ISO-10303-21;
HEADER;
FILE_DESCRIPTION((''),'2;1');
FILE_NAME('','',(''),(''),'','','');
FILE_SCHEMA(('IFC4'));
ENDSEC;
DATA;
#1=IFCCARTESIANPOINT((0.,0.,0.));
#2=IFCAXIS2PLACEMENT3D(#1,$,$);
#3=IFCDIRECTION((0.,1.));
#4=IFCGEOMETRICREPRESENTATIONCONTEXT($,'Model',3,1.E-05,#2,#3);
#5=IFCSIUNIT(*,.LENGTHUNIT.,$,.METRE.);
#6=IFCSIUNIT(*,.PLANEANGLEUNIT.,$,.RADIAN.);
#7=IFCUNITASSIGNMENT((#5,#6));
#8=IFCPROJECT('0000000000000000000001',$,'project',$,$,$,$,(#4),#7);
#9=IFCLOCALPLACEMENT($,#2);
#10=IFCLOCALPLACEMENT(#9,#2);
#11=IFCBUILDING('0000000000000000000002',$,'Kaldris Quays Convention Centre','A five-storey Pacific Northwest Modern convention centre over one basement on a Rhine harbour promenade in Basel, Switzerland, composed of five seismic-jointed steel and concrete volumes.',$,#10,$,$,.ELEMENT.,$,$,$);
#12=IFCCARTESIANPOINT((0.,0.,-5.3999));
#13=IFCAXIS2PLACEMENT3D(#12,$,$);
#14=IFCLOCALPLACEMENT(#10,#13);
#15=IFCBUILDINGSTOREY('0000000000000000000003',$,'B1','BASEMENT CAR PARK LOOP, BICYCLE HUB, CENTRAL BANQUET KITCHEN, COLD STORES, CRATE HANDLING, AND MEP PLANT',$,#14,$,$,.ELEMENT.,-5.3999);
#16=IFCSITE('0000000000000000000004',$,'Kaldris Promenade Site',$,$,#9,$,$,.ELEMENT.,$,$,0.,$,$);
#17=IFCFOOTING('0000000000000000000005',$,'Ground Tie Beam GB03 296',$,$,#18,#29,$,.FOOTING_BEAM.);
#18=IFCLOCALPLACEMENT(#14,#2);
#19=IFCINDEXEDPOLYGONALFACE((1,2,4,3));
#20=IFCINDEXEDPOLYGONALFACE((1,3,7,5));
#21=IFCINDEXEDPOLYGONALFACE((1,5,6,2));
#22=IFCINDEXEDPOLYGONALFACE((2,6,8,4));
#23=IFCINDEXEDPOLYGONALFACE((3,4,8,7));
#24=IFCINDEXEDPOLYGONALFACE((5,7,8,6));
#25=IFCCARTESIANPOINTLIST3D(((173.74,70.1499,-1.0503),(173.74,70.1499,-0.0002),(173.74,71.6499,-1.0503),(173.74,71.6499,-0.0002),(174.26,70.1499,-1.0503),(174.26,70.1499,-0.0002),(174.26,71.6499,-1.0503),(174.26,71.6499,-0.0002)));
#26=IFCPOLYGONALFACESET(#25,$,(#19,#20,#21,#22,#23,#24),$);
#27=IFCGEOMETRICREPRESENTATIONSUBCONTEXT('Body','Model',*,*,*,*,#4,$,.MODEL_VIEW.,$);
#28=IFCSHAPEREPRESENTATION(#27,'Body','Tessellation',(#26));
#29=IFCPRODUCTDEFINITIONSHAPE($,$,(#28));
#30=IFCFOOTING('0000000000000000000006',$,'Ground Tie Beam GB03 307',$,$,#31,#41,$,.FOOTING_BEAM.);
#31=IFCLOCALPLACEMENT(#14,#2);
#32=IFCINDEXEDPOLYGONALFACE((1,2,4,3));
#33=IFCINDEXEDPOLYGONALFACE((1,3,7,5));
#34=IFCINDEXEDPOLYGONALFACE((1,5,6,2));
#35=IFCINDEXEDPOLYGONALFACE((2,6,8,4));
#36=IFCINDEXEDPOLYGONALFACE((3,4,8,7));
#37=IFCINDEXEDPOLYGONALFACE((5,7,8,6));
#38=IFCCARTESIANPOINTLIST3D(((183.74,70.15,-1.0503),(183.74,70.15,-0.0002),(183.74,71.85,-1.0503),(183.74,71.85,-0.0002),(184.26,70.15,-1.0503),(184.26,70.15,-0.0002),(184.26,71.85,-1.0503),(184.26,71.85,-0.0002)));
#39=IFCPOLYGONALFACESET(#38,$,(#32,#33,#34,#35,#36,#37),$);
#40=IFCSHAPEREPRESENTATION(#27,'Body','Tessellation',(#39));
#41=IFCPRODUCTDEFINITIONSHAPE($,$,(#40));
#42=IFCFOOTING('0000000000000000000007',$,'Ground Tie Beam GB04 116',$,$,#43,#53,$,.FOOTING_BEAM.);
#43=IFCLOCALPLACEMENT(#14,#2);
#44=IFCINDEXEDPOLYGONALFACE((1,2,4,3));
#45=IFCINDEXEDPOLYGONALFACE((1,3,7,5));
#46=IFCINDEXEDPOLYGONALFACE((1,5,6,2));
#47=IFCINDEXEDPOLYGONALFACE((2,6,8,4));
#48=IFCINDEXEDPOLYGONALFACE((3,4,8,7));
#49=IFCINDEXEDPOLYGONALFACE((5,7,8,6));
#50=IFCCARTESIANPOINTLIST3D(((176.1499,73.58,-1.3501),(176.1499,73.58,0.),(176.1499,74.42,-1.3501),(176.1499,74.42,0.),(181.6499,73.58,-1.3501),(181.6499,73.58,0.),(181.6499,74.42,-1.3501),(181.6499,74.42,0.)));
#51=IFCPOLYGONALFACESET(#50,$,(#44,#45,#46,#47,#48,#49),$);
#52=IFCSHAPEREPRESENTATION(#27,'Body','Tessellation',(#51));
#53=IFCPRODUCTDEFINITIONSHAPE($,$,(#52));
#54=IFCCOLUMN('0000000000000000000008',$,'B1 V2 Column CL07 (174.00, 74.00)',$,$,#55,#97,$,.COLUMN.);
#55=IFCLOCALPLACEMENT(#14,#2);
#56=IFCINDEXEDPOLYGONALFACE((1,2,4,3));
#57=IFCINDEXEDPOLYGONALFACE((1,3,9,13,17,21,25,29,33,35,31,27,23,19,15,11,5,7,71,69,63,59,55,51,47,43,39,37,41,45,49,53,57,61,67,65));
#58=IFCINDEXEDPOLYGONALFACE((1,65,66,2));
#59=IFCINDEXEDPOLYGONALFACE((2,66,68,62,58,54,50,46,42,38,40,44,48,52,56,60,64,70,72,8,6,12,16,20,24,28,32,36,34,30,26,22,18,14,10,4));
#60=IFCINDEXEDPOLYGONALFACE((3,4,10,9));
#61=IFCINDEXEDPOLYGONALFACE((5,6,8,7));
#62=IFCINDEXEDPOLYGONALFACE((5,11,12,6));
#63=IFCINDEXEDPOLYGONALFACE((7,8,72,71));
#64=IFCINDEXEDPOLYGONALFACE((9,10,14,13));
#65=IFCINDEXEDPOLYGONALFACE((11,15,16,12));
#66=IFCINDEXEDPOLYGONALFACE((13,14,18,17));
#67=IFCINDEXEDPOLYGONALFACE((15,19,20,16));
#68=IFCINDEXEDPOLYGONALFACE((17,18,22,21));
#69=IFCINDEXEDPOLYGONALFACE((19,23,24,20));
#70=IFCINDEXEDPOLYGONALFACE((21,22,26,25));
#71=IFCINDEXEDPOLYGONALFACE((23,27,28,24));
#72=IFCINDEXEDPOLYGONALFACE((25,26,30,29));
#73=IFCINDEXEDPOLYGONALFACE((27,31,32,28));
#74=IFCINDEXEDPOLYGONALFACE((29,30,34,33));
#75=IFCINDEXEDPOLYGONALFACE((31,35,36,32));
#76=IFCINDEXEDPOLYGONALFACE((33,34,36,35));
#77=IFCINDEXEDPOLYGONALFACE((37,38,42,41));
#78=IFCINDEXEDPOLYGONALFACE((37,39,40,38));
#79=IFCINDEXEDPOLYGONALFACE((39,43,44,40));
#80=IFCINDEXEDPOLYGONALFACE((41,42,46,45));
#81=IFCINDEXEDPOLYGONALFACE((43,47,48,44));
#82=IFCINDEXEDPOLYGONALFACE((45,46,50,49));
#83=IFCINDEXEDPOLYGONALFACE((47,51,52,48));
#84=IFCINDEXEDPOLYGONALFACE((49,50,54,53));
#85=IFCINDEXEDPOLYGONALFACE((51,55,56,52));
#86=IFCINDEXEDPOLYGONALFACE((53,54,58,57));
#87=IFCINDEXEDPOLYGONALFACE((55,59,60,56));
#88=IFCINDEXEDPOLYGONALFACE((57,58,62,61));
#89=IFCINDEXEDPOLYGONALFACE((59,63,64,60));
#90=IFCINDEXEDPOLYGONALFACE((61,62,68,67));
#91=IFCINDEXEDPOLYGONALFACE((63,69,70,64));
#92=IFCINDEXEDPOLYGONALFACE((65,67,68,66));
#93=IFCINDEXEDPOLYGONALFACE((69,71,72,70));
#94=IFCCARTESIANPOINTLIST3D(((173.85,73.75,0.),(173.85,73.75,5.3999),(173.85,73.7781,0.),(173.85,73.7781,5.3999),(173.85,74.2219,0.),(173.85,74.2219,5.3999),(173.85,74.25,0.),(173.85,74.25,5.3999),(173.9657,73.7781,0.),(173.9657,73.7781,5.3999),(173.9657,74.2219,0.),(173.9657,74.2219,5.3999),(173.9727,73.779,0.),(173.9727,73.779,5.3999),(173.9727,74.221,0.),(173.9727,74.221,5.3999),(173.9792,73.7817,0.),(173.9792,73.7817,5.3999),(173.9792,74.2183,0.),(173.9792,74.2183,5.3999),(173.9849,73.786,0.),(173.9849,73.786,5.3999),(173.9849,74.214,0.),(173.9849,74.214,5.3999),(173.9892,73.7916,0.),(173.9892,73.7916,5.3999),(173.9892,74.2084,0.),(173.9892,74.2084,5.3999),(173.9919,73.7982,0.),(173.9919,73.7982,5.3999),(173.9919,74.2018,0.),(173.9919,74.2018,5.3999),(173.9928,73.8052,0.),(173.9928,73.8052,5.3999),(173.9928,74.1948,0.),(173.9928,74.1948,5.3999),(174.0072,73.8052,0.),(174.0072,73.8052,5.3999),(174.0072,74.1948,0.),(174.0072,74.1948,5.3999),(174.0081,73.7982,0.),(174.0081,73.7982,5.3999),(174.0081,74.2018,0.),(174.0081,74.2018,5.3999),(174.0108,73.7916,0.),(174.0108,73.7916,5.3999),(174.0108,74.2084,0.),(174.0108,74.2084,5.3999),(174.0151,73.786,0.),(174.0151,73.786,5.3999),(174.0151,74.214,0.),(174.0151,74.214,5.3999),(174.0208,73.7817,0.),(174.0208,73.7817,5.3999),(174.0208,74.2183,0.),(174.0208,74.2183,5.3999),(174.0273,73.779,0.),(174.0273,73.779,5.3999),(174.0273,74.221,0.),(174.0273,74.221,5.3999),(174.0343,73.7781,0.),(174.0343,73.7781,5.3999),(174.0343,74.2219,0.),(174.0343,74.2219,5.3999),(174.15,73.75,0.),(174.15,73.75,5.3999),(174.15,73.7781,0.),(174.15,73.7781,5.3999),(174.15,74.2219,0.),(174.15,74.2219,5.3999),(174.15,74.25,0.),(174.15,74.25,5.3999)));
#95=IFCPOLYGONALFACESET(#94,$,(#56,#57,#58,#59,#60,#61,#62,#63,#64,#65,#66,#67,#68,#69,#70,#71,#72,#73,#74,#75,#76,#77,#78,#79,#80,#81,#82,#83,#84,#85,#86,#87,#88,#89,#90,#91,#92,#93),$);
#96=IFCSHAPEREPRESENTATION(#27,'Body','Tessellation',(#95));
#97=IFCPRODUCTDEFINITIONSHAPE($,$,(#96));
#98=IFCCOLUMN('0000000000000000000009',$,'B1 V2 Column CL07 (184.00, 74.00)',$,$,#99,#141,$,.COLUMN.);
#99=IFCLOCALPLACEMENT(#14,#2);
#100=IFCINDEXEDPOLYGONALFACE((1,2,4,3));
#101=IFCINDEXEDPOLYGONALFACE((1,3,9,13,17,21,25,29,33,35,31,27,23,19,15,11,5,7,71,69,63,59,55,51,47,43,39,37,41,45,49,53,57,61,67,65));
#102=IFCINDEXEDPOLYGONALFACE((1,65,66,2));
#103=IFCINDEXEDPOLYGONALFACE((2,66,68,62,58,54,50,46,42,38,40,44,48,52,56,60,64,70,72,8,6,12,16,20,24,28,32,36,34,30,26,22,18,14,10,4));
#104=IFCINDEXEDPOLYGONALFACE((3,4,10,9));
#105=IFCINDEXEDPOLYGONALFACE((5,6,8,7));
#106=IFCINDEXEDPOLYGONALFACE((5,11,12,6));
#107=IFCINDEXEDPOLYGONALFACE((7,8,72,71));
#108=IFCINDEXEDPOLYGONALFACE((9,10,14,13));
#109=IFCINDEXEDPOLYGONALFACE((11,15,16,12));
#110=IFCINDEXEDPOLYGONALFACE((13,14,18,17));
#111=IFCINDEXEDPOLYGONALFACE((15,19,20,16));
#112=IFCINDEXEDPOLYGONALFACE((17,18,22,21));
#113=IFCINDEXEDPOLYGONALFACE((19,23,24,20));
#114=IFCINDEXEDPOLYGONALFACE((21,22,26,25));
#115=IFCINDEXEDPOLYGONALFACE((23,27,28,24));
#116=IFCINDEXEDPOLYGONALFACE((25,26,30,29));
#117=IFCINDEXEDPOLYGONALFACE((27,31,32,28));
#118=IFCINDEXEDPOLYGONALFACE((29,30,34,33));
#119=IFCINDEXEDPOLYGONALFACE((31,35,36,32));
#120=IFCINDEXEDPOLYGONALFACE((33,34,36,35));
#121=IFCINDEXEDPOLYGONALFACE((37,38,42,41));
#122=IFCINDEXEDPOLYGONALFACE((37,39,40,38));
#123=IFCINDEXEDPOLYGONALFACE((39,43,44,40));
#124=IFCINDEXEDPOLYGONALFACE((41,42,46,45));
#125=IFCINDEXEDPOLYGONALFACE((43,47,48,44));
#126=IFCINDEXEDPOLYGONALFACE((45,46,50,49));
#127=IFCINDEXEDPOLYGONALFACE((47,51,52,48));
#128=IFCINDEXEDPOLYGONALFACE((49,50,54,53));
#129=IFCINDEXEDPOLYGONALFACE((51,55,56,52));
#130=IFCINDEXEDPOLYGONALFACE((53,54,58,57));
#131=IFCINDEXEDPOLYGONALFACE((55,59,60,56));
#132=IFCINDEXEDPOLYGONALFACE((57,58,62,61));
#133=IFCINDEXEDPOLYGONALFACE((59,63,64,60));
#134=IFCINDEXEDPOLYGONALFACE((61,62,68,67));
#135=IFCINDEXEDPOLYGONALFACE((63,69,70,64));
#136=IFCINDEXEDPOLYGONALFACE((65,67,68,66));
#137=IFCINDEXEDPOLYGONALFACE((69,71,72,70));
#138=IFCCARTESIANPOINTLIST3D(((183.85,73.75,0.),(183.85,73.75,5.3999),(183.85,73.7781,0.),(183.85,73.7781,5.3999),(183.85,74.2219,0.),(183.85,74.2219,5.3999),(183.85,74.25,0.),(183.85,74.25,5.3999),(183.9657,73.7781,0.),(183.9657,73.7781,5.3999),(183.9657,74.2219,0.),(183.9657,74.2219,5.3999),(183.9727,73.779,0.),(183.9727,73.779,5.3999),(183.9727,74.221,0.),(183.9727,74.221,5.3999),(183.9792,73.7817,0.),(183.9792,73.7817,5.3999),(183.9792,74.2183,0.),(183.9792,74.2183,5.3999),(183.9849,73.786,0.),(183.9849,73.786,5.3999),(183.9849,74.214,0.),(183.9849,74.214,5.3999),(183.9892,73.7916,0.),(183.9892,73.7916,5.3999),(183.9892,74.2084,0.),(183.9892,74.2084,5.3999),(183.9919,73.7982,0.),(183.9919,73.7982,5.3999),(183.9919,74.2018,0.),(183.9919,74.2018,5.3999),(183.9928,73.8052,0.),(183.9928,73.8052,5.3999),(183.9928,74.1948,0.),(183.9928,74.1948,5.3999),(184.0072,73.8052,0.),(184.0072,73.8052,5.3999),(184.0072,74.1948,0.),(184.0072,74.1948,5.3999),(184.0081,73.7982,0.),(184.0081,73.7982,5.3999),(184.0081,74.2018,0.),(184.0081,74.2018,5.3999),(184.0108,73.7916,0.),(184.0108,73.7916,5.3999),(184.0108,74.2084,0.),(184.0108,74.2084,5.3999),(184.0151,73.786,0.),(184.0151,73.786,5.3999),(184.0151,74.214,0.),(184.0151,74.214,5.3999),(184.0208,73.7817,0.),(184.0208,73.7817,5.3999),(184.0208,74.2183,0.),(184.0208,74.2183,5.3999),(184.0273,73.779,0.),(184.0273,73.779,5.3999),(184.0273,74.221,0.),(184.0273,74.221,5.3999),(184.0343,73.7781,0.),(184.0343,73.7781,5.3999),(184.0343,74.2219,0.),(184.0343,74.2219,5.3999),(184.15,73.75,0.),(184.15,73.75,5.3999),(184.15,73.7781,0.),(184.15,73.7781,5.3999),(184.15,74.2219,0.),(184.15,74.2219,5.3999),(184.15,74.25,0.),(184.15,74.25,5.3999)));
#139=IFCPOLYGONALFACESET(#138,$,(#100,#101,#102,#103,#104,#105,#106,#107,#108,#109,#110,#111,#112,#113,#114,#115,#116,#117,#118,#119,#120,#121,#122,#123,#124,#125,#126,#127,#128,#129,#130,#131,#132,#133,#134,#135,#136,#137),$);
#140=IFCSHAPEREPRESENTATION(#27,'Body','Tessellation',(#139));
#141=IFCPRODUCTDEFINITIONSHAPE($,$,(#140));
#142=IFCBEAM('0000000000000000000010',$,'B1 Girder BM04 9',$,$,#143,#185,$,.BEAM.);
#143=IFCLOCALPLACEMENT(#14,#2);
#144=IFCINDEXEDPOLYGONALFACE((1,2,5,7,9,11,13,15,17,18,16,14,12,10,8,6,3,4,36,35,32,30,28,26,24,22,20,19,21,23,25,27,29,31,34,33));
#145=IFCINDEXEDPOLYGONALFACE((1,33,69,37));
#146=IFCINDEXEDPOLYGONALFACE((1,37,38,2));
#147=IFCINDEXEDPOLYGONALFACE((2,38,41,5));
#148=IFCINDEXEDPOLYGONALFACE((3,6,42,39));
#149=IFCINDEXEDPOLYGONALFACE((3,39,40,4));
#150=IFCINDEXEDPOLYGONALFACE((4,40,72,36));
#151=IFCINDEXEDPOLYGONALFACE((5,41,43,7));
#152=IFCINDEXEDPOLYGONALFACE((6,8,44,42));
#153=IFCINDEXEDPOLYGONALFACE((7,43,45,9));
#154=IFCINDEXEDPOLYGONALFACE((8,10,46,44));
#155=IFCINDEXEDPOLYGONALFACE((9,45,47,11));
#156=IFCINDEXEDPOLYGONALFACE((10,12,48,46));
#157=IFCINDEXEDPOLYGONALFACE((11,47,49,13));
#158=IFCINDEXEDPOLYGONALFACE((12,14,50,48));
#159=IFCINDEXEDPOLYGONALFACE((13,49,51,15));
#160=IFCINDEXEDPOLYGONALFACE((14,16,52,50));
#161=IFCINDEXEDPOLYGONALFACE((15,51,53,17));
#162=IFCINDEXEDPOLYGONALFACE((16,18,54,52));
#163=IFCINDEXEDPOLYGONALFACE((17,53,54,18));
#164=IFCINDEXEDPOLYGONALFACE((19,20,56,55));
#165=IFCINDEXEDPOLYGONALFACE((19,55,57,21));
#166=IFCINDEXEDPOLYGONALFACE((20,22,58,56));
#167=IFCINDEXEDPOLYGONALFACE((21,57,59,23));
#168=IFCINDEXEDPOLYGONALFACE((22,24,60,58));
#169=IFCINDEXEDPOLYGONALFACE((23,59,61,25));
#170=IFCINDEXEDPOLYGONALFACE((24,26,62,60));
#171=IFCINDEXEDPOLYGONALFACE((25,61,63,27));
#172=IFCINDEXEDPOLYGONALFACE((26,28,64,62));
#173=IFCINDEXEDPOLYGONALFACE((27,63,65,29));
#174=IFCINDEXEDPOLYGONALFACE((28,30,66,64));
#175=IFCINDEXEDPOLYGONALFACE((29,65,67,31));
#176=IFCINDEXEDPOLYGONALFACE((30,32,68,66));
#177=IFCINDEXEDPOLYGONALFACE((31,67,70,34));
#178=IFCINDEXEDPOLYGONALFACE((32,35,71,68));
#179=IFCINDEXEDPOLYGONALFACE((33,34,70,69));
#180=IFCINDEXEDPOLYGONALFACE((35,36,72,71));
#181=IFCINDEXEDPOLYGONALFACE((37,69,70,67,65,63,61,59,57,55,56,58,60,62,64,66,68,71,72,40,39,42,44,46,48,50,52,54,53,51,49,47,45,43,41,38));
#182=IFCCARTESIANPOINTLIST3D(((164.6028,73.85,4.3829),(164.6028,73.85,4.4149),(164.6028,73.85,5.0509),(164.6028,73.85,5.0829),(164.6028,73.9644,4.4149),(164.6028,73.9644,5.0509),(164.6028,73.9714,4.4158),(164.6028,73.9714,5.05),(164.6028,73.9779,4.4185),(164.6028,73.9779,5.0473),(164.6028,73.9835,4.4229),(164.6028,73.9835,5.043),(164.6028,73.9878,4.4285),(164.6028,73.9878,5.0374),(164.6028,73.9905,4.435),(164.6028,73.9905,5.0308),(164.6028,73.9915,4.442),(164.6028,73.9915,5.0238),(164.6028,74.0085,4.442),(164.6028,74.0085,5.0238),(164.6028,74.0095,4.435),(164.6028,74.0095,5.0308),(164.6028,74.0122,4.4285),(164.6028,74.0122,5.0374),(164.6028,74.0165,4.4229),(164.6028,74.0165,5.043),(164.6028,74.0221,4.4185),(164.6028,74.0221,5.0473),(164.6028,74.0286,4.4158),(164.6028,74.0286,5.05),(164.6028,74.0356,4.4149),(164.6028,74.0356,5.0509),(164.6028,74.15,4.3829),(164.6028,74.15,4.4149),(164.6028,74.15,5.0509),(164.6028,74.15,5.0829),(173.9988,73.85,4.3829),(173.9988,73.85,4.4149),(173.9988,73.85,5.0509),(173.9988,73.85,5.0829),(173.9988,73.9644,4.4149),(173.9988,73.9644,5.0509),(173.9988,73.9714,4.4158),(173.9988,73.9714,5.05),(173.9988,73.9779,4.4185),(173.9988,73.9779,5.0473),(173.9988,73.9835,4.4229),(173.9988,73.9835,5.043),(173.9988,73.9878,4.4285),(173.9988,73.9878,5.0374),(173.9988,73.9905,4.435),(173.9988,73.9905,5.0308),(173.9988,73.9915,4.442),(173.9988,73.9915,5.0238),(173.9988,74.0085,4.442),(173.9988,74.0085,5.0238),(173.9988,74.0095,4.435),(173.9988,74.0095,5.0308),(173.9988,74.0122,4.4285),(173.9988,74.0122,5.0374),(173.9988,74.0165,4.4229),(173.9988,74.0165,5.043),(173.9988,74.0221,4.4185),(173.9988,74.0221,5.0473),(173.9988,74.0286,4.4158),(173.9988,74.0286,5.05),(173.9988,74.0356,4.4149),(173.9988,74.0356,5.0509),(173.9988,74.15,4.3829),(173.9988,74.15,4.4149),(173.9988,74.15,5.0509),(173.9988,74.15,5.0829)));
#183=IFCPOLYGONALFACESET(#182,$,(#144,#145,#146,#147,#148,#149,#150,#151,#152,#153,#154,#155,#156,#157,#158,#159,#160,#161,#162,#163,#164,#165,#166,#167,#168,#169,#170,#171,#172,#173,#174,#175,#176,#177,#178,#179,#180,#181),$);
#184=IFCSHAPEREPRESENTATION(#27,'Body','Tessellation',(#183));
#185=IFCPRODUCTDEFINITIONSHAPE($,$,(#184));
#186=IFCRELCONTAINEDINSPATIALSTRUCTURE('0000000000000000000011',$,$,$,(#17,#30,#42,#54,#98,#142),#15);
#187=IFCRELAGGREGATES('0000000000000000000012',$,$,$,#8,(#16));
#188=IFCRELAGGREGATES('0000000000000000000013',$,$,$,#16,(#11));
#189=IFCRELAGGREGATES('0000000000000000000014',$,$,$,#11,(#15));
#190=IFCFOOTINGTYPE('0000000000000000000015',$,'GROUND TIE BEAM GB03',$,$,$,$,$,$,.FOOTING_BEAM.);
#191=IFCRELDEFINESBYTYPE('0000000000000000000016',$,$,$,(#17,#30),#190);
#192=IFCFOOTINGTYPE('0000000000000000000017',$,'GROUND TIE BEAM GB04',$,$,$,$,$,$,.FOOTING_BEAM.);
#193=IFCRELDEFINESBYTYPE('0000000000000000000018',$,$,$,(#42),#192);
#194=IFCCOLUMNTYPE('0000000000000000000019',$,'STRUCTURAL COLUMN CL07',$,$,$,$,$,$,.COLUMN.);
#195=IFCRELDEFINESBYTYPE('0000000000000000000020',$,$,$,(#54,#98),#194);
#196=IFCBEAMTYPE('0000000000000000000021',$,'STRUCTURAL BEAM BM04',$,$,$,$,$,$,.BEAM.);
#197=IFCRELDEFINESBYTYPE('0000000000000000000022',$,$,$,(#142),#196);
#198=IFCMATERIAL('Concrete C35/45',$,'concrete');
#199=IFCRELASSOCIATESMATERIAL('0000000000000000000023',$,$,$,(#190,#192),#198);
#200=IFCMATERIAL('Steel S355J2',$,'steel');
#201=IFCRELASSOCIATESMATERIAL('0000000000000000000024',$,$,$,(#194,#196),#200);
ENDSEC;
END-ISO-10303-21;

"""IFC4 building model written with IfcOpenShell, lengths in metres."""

from ifc_helpers import new_model, si_unit, direction, frame, origin, origin_2d, place, context, subcontext, project, spatial, rectangle, i_section, extrude, material, material_profile, profile_set, type_object, element, save


model = new_model("IFC4")

# Units and contexts
model_context = context("Model", 3, precision=1e-05, world=origin(), true_north=direction((0.0, 1.0)))
body_context = subcontext(model_context, "Body", "Model", "MODEL_VIEW")
ifc_project = project(units=[si_unit("LENGTHUNIT", "METRE"), si_unit("PLANEANGLEUNIT", "RADIAN")], contexts=[model_context])

# Site, building, storey
site_placement = place(None, origin())
site = spatial("IfcSite", under=ifc_project, at=site_placement, Name="Kaldris Promenade Site", CompositionType="ELEMENT", RefElevation=0.0)
building_placement = place(site_placement, origin())
building = spatial("IfcBuilding", under=site, at=building_placement, Name="Kaldris Quays Convention Centre", Description="A five-storey Pacific Northwest Modern convention centre over one basement on a Rhine harbour promenade in Basel, Switzerland, composed of five seismic-jointed steel and concrete volumes.", CompositionType="ELEMENT")
storey_placement = place(building_placement, frame((0.0, 0.0, -5.3999)))
storey = spatial("IfcBuildingStorey", under=building, at=storey_placement, Name="B1", Description="BASEMENT CAR PARK LOOP, BICYCLE HUB, CENTRAL BANQUET KITCHEN, COLD STORES, CRATE HANDLING, AND MEP PLANT", CompositionType="ELEMENT", Elevation=-5.3999)

# Shared definitions
ifc_material_1 = material(Name="Concrete C35/45", Category="concrete")

# Footings
footing_type_1 = type_object("IfcFootingType", Name="GROUND TIE BEAM GB03", PredefinedType="FOOTING_BEAM", material=ifc_material_1)
footing_1_placement = place(storey_placement, frame((174.0, 70.8999, -1.0503), z_axis=(0.0, 0.0, 1.0), x_axis=(1.0, 0.0, 0.0)))
element("IfcFooting", 1, at=footing_1_placement, inside=storey, type_object=footing_type_1, Name="Ground Tie Beam GB03 296", PredefinedType="FOOTING_BEAM", context=body_context, shape_type="SweptSolid", body=[
    extrude(rectangle(XDim=0.52, YDim=1.5, at=origin_2d()), origin(), (0.0, 0.0, 1.0), 1.05),
])
footing_2_placement = place(storey_placement, frame((184.0, 71.0, -1.0503), z_axis=(0.0, 0.0, 1.0), x_axis=(1.0, 0.0, 0.0)))
element("IfcFooting", 2, at=footing_2_placement, inside=storey, type_object=footing_type_1, Name="Ground Tie Beam GB03 307", PredefinedType="FOOTING_BEAM", context=body_context, shape_type="SweptSolid", body=[
    extrude(rectangle(XDim=0.52, YDim=1.7, at=origin_2d()), origin(), (0.0, 0.0, 1.0), 1.05),
])
footing_type_2 = type_object("IfcFootingType", Name="GROUND TIE BEAM GB04", PredefinedType="FOOTING_BEAM", material=ifc_material_1)
footing_3_placement = place(storey_placement, frame((178.8999, 74.0, -1.3501), z_axis=(0.0, 0.0, 1.0), x_axis=(1.0, 0.0, 0.0)))
element("IfcFooting", 3, at=footing_3_placement, inside=storey, type_object=footing_type_2, Name="Ground Tie Beam GB04 116", PredefinedType="FOOTING_BEAM", context=body_context, shape_type="SweptSolid", body=[
    extrude(rectangle(XDim=5.5, YDim=0.8401, at=origin_2d()), origin(), (0.0, 0.0, 1.0), 1.3501),
])

# Columns
ifc_material_2 = material(Name="Steel S355J2", Category="steel")
ifc_material_profile_1 = material_profile(ifc_material_2, i_section(OverallWidth=0.3, OverallDepth=0.5, WebThickness=0.0144, FlangeThickness=0.0281, FilletRadius=0.0271, at=origin_2d()), Name="HEB 500")
ifc_profile_set_1 = profile_set([ifc_material_profile_1], Name="Steel S355J2")
column_type = type_object("IfcColumnType", Name="STRUCTURAL COLUMN CL07", PredefinedType="COLUMN", material=ifc_profile_set_1)
for number, where, z_axis, x_axis, name in (
    (4, (174.0, 74.0, 0.0), (0.0, 0.0, 1.0), (1.0, 0.0, 0.0), "B1 V2 Column CL07 (174.00, 74.00)"),
    (5, (184.0, 74.0, 0.0), (0.0, 0.0, 1.0), (1.0, 0.0, 0.0), "B1 V2 Column CL07 (184.00, 74.00)"),
):
    element("IfcColumn", number, at=place(storey_placement, frame(where, z_axis=z_axis, x_axis=x_axis)), inside=storey, type_object=column_type, Name=name, PredefinedType="COLUMN", context=body_context, shape_type="SweptSolid", body=[
        extrude(i_section(OverallWidth=0.3, OverallDepth=0.5, WebThickness=0.0144, FlangeThickness=0.0281, FilletRadius=0.0271, at=origin_2d()), origin(), (0.0, 0.0, 1.0), 5.3999),
    ])

# Beam
ifc_material_profile_2 = material_profile(ifc_material_2, i_section(OverallWidth=0.3, OverallDepth=0.7, WebThickness=0.0171, FlangeThickness=0.032, FilletRadius=0.0271, at=origin_2d()), Name="HEB 700")
ifc_profile_set_2 = profile_set([ifc_material_profile_2], Name="Steel S355J2")
beam_type = type_object("IfcBeamType", Name="STRUCTURAL BEAM BM04", PredefinedType="BEAM", material=ifc_profile_set_2)
beam_placement = place(storey_placement, frame((164.6028, 74.0, 4.7329), z_axis=(1.0, 0.0, 0.0), x_axis=(0.0, 1.0, 0.0)))
element("IfcBeam", 6, at=beam_placement, inside=storey, type_object=beam_type, Name="B1 Girder BM04 9", PredefinedType="BEAM", context=body_context, shape_type="SweptSolid", body=[
    extrude(i_section(OverallWidth=0.3, OverallDepth=0.7, WebThickness=0.0171, FlangeThickness=0.032, FilletRadius=0.0271, at=origin_2d()), origin(), (0.0, 0.0, 1.0), 9.396),
])

save(model, "model.ifc")
